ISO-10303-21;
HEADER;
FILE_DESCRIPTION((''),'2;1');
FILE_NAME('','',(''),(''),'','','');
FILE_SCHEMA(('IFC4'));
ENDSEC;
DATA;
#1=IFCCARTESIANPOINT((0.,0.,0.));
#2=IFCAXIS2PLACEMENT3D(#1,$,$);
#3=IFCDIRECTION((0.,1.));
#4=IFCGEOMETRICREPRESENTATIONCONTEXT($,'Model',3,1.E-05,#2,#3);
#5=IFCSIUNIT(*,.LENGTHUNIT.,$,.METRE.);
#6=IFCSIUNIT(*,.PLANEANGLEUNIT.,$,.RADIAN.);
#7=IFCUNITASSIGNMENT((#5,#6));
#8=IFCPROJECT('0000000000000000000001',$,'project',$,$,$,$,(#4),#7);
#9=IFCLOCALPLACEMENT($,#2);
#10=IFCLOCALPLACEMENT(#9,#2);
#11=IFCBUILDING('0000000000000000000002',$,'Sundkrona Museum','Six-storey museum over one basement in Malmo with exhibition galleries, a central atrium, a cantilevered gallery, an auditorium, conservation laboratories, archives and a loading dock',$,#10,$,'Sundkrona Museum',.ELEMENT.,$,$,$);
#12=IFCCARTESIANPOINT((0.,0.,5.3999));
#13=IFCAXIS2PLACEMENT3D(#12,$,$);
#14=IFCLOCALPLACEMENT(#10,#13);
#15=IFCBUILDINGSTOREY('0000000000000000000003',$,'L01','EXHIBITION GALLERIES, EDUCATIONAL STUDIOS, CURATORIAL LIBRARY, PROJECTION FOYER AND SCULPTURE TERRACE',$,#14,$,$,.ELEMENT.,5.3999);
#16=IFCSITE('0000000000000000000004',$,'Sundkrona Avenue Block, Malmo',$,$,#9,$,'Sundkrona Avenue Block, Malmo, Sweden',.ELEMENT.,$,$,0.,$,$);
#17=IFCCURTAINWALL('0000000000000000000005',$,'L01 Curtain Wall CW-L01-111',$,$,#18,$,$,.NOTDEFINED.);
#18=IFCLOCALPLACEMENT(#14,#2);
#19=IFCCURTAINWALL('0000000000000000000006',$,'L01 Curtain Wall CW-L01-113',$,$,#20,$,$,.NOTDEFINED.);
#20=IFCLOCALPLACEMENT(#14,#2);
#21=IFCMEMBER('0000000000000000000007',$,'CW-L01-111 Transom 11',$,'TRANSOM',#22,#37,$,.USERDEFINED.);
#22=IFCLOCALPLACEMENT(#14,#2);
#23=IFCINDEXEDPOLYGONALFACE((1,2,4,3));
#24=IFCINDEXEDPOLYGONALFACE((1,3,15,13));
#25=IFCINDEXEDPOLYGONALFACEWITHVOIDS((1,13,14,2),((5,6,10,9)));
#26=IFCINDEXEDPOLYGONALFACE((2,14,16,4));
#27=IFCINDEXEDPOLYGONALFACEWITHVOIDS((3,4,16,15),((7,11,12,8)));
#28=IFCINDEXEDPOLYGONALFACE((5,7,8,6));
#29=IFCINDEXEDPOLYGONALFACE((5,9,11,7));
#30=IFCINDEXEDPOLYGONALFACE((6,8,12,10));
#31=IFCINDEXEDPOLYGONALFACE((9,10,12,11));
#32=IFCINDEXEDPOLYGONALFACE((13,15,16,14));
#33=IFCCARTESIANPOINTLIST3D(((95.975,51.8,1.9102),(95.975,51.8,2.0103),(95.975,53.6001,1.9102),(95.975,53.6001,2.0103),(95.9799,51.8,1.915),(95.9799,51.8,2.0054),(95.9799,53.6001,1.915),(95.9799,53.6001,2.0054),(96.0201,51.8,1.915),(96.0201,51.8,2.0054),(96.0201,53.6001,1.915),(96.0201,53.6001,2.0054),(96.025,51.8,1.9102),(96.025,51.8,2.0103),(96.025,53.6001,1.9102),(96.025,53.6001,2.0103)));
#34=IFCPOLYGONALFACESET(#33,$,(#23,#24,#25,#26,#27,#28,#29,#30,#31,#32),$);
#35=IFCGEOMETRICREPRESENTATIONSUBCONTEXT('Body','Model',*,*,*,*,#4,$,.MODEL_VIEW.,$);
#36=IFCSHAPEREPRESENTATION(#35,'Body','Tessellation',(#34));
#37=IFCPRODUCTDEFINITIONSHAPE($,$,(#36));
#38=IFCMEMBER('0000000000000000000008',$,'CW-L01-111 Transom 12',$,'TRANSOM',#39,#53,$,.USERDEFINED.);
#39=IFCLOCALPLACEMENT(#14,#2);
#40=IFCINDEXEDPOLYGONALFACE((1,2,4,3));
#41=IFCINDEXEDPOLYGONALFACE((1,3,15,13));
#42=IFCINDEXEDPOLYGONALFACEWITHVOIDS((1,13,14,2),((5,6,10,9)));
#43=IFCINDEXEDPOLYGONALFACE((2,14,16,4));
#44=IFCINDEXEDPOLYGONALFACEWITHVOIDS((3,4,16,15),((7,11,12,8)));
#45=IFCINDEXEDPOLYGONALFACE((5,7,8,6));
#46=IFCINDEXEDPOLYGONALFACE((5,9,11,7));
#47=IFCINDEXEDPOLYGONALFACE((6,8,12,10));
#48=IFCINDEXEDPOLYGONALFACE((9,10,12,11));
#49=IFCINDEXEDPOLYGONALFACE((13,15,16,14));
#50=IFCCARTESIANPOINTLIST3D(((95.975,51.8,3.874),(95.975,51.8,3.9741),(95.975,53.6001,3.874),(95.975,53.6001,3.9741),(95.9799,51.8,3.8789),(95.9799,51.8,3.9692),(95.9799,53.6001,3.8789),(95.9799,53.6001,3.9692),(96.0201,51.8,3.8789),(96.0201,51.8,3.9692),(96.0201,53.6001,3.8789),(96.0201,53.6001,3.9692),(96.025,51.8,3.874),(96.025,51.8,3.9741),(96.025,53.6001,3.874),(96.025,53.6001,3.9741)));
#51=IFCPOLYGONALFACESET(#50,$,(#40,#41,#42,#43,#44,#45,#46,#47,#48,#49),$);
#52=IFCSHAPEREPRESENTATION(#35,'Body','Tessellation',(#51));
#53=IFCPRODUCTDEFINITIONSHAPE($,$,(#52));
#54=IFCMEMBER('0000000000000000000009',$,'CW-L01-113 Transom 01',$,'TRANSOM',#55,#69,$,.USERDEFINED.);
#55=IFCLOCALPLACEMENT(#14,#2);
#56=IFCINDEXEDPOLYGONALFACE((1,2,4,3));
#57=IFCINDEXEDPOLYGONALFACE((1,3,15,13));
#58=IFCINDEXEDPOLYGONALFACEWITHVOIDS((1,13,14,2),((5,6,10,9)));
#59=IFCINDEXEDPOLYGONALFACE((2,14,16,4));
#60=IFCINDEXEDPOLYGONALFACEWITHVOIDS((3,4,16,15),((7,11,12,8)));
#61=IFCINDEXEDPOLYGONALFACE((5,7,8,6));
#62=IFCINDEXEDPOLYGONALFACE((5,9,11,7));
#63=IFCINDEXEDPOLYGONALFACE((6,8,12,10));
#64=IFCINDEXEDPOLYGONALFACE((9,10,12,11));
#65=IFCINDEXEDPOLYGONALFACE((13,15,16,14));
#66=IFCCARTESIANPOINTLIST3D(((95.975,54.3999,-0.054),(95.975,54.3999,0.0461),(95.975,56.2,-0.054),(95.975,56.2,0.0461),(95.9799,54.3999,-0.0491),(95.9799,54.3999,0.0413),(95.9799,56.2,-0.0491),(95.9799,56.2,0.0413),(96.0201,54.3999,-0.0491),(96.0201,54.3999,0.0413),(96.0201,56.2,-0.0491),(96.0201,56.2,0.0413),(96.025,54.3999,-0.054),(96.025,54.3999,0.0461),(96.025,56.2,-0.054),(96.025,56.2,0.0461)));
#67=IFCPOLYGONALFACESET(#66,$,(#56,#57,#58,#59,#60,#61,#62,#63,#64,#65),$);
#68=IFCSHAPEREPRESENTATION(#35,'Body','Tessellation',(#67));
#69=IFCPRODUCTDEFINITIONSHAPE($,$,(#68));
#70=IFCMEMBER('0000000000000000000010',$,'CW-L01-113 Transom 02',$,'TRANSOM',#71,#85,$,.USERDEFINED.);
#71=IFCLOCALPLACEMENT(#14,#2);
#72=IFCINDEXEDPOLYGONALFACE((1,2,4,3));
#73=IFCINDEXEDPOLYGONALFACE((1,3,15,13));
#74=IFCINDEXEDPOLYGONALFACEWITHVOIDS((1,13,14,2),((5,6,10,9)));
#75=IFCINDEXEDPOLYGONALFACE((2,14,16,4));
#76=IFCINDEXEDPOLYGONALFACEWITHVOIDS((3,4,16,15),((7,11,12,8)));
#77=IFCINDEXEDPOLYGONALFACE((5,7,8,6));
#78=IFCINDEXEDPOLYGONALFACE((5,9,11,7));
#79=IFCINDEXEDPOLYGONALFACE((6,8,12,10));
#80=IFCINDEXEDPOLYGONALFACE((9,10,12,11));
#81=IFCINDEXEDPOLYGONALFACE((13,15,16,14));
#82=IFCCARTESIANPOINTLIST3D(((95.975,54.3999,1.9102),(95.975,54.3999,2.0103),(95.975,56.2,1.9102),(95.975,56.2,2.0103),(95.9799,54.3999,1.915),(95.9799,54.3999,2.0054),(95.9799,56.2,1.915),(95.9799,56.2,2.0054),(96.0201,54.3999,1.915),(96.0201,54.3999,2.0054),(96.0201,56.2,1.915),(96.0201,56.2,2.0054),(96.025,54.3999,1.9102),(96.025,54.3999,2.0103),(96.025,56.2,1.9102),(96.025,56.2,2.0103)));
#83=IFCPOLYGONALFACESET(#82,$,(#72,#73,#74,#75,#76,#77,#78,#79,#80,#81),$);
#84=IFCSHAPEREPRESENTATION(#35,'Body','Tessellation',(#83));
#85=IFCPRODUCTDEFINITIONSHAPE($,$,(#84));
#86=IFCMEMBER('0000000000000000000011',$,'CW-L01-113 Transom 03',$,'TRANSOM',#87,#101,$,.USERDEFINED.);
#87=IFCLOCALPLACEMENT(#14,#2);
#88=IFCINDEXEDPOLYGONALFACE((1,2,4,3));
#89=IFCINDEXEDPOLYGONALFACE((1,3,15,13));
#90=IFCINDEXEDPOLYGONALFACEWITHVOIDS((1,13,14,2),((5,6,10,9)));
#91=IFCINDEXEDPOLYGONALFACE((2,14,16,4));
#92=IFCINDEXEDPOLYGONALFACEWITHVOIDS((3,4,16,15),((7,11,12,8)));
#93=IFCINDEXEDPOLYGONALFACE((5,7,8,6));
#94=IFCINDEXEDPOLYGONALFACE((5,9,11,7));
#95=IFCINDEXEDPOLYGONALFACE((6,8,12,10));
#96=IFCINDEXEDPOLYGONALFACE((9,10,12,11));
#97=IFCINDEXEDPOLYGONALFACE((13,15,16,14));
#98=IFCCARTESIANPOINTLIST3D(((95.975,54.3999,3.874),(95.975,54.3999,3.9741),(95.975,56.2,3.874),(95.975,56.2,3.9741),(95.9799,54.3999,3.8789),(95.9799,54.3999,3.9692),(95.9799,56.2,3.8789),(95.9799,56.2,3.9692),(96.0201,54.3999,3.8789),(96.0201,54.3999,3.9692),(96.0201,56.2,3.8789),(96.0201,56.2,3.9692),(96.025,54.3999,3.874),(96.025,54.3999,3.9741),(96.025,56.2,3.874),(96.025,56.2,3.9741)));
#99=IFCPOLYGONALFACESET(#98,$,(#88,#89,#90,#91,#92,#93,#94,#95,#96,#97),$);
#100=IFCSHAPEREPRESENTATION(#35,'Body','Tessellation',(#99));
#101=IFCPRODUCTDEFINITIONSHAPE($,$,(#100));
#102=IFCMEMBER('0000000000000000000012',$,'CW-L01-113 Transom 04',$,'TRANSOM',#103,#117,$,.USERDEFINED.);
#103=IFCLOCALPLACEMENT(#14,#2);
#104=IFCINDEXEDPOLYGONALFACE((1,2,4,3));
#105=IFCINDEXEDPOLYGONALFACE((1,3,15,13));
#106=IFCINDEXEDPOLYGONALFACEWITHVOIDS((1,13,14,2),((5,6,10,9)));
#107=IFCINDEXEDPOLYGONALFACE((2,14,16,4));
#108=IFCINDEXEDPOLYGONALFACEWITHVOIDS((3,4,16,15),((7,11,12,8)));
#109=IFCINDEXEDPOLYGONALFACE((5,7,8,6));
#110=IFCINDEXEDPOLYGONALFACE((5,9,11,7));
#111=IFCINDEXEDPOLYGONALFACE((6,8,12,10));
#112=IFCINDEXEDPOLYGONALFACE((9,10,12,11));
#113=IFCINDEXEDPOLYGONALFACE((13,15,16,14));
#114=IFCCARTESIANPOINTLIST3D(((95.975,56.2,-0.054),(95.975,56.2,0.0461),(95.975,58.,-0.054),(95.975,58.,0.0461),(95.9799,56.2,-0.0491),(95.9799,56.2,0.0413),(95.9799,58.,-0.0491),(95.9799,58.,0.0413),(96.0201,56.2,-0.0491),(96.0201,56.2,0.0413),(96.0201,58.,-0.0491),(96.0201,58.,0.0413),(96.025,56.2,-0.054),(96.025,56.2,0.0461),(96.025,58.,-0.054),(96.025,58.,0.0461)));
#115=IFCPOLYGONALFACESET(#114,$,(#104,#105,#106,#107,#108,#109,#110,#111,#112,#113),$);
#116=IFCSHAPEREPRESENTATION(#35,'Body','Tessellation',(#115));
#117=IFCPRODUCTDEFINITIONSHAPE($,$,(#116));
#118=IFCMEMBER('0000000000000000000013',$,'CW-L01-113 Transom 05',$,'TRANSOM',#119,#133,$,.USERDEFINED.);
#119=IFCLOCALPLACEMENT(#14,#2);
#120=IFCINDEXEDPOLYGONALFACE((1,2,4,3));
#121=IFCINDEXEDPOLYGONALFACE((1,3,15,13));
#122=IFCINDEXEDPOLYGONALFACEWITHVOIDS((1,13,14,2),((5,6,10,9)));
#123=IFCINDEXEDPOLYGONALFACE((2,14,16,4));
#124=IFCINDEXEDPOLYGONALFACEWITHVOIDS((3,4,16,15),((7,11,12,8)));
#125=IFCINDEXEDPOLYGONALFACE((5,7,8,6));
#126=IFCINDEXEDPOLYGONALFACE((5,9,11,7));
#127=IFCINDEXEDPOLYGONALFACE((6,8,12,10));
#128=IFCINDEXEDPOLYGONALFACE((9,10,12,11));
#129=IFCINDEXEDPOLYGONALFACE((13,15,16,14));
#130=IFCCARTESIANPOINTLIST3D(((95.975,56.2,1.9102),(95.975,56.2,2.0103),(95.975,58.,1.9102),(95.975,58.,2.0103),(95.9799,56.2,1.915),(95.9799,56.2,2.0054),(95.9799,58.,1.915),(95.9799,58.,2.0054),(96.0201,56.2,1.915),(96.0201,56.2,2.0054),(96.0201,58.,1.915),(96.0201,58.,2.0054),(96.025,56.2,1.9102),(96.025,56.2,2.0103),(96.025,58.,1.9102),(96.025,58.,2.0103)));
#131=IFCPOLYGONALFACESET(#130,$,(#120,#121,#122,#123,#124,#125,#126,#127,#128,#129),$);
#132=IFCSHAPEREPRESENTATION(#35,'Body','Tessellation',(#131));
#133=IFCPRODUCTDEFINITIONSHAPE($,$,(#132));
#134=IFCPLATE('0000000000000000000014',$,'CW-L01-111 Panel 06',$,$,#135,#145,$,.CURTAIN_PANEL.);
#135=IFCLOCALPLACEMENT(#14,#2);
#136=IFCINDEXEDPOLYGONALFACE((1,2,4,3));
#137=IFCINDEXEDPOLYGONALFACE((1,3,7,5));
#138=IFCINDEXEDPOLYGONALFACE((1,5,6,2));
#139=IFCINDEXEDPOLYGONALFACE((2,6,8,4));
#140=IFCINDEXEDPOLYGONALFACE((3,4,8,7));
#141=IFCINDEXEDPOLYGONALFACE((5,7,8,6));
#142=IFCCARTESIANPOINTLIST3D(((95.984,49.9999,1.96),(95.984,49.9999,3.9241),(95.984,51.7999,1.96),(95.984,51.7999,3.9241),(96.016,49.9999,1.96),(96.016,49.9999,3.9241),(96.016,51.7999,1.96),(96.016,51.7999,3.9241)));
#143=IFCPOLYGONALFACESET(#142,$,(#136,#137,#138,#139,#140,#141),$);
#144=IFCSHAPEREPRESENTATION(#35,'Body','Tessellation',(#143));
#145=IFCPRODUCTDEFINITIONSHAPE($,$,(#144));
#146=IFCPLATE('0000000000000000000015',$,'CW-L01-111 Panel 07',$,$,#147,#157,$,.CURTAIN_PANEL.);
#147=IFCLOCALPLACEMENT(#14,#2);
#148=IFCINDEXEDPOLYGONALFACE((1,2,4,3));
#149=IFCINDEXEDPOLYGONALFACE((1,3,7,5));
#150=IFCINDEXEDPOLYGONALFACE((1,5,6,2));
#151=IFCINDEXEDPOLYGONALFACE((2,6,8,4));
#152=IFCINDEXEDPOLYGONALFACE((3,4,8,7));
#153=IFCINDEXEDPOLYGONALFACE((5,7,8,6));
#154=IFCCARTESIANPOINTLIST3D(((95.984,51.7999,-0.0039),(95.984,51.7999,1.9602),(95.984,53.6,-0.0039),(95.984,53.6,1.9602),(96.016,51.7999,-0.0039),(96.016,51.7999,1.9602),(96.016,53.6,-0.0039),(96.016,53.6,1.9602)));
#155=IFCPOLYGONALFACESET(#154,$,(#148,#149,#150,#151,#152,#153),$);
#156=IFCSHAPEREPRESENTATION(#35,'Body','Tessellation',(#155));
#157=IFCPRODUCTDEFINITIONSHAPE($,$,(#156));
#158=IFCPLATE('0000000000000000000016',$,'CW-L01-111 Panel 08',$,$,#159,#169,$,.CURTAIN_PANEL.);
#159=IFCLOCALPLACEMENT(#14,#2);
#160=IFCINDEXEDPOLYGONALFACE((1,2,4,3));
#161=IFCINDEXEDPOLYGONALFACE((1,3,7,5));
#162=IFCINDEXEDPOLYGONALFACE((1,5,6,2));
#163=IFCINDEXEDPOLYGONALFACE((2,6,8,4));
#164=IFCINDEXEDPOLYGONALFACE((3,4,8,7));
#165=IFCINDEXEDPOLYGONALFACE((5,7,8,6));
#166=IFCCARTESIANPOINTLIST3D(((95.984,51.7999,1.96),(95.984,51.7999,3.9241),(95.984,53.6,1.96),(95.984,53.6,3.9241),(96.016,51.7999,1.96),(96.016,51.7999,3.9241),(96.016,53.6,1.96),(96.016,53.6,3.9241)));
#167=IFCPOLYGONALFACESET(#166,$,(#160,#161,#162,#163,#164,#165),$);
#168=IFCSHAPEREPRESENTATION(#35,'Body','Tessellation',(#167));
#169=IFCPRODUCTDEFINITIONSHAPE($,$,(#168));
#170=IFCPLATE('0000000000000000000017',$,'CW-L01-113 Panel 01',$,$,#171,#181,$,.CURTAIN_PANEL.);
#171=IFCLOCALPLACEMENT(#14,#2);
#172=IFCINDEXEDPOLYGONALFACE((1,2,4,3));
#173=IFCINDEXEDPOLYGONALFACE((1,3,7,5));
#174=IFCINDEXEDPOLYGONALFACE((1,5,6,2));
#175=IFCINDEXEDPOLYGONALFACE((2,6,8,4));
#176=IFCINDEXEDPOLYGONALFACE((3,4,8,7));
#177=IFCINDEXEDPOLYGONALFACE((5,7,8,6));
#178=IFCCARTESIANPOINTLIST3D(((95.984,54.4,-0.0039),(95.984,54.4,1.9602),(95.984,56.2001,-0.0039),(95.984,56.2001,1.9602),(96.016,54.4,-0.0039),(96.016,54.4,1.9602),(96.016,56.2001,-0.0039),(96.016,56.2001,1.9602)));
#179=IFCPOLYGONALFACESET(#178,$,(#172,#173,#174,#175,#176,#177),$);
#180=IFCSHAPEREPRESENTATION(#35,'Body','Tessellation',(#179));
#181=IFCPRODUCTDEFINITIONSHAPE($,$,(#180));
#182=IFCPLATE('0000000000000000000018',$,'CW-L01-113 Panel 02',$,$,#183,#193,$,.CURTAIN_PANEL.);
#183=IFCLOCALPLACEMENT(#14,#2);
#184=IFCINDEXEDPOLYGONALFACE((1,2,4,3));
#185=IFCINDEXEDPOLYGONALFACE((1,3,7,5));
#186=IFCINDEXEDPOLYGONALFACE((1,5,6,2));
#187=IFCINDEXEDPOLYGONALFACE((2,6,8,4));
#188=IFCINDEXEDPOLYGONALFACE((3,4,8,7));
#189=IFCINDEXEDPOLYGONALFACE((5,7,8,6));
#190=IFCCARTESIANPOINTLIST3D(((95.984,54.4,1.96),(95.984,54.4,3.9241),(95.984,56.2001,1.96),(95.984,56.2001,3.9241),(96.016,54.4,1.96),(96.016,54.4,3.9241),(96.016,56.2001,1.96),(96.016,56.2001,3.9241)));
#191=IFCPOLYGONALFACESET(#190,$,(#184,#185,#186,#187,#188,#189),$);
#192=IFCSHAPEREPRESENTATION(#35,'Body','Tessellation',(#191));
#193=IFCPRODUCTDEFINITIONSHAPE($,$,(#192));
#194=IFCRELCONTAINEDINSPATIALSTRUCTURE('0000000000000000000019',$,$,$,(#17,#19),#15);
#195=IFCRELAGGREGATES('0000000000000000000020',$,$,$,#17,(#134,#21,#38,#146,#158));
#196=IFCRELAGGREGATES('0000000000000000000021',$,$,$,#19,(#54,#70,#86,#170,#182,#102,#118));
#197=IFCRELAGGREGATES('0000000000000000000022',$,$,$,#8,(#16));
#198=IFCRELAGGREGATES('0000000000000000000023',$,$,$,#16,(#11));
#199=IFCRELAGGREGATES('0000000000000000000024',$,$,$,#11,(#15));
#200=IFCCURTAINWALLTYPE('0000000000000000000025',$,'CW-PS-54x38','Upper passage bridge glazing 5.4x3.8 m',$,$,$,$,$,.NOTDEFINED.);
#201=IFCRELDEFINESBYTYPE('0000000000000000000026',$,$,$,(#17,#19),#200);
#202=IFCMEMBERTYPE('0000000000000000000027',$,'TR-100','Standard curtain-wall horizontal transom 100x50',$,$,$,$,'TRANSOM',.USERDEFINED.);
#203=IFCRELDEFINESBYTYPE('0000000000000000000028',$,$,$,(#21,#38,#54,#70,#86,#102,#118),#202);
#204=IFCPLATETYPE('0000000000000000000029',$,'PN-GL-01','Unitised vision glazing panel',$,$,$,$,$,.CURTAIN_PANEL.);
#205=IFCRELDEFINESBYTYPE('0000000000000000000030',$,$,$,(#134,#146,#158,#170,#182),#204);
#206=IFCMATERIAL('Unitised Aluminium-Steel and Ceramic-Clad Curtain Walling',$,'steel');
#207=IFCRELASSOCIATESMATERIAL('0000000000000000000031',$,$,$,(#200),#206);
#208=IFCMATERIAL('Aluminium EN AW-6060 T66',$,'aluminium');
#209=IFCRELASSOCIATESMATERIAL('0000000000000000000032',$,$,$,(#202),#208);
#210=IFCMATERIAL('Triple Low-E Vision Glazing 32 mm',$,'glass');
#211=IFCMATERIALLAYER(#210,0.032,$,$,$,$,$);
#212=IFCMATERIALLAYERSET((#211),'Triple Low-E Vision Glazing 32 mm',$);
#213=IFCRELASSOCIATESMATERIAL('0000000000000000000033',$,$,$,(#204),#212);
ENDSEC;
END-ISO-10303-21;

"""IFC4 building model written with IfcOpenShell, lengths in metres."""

from ifc_helpers import new_model, si_unit, direction, frame, origin, origin_2d, place, context, subcontext, project, spatial, rectangle, hollow_rectangle, extrude, material, layer, layer_set, material_profile, profile_set, type_object, element, aggregate, save


model = new_model("IFC4")

# Units and contexts
model_context = context("Model", 3, precision=1e-05, world=origin(), true_north=direction((0.0, 1.0)))
body_context = subcontext(model_context, "Body", "Model", "MODEL_VIEW")
ifc_project = project(units=[si_unit("LENGTHUNIT", "METRE"), si_unit("PLANEANGLEUNIT", "RADIAN")], contexts=[model_context])

# Site, building, storey
site_placement = place(None, origin())
site = spatial("IfcSite", under=ifc_project, at=site_placement, Name="Sundkrona Avenue Block, Malmo", LongName="Sundkrona Avenue Block, Malmo, Sweden", CompositionType="ELEMENT", RefElevation=0.0)
building_placement = place(site_placement, origin())
building = spatial("IfcBuilding", under=site, at=building_placement, Name="Sundkrona Museum", Description="Six-storey museum over one basement in Malmo with exhibition galleries, a central atrium, a cantilevered gallery, an auditorium, conservation laboratories, archives and a loading dock", LongName="Sundkrona Museum", CompositionType="ELEMENT")
storey_placement = place(building_placement, frame((0.0, 0.0, 5.3999)))
storey = spatial("IfcBuildingStorey", under=building, at=storey_placement, Name="L01", Description="EXHIBITION GALLERIES, EDUCATIONAL STUDIOS, CURATORIAL LIBRARY, PROJECTION FOYER AND SCULPTURE TERRACE", CompositionType="ELEMENT", Elevation=5.3999)

# Curtain walls
ifc_material_1 = material(Name="Unitised Aluminium-Steel and Ceramic-Clad Curtain Walling", Category="steel")
curtain_wall_type = type_object("IfcCurtainWallType", Name="CW-PS-54x38", Description="Upper passage bridge glazing 5.4x3.8 m", PredefinedType="NOTDEFINED", material=ifc_material_1)
curtain_wall_1_placement = place(storey_placement, origin())
curtain_wall_1 = element("IfcCurtainWall", 1, at=curtain_wall_1_placement, inside=storey, type_object=curtain_wall_type, Name="L01 Curtain Wall CW-L01-111", PredefinedType="NOTDEFINED")
ifc_material_2 = material(Name="Aluminium EN AW-6060 T66", Category="aluminium")
curtain_wall_2_placement = place(storey_placement, origin())
curtain_wall_2 = element("IfcCurtainWall", 2, at=curtain_wall_2_placement, inside=storey, type_object=curtain_wall_type, Name="L01 Curtain Wall CW-L01-113", PredefinedType="NOTDEFINED")

# Members
ifc_material_profile_1 = material_profile(ifc_material_2, hollow_rectangle(XDim=0.05, YDim=0.1001, WallThickness=0.0049, at=origin_2d()), Name="RHS 100x50x5.0")
ifc_profile_set_1 = profile_set([ifc_material_profile_1], Name="Aluminium EN AW-6060 T66")
member_type_1 = type_object("IfcMemberType", Name="TR-100", Description="Standard curtain-wall horizontal transom 100x50", ElementType="TRANSOM", PredefinedType="USERDEFINED", material=ifc_profile_set_1)
member_1_placement = place(storey_placement, frame((96.0, 51.8, 1.9602), z_axis=(0.0, 1.0, 0.0), x_axis=(-1.0, 0.0, 0.0)))
member_1 = element("IfcMember", 3, at=member_1_placement, type_object=member_type_1, Name="CW-L01-111 Transom 11", ObjectType="TRANSOM", PredefinedType="USERDEFINED", context=body_context, shape_type="SweptSolid", body=[
    extrude(hollow_rectangle(XDim=0.05, YDim=0.1001, WallThickness=0.0049, at=origin_2d()), origin(), (0.0, 0.0, 1.0), 1.8),
])
member_2_placement = place(storey_placement, frame((96.0, 51.8, 3.9241), z_axis=(0.0, 1.0, 0.0), x_axis=(-1.0, 0.0, 0.0)))
member_2 = element("IfcMember", 4, at=member_2_placement, type_object=member_type_1, Name="CW-L01-111 Transom 12", ObjectType="TRANSOM", PredefinedType="USERDEFINED", context=body_context, shape_type="SweptSolid", body=[
    extrude(hollow_rectangle(XDim=0.05, YDim=0.1001, WallThickness=0.0049, at=origin_2d()), origin(), (0.0, 0.0, 1.0), 1.8),
])
member_3_placement = place(storey_placement, frame((96.0, 54.3999, -0.0039), z_axis=(0.0, 1.0, 0.0), x_axis=(-1.0, 0.0, 0.0)))
member_3 = element("IfcMember", 5, at=member_3_placement, type_object=member_type_1, Name="CW-L01-113 Transom 01", ObjectType="TRANSOM", PredefinedType="USERDEFINED", context=body_context, shape_type="SweptSolid", body=[
    extrude(hollow_rectangle(XDim=0.05, YDim=0.1001, WallThickness=0.0049, at=origin_2d()), origin(), (0.0, 0.0, 1.0), 1.8),
])
member_4_placement = place(storey_placement, frame((96.0, 54.3999, 1.9602), z_axis=(0.0, 1.0, 0.0), x_axis=(-1.0, 0.0, 0.0)))
member_4 = element("IfcMember", 6, at=member_4_placement, type_object=member_type_1, Name="CW-L01-113 Transom 02", ObjectType="TRANSOM", PredefinedType="USERDEFINED", context=body_context, shape_type="SweptSolid", body=[
    extrude(hollow_rectangle(XDim=0.05, YDim=0.1001, WallThickness=0.0049, at=origin_2d()), origin(), (0.0, 0.0, 1.0), 1.8),
])
member_5_placement = place(storey_placement, frame((96.0, 54.3999, 3.9241), z_axis=(0.0, 1.0, 0.0), x_axis=(-1.0, 0.0, 0.0)))
member_5 = element("IfcMember", 7, at=member_5_placement, type_object=member_type_1, Name="CW-L01-113 Transom 03", ObjectType="TRANSOM", PredefinedType="USERDEFINED", context=body_context, shape_type="SweptSolid", body=[
    extrude(hollow_rectangle(XDim=0.05, YDim=0.1001, WallThickness=0.0049, at=origin_2d()), origin(), (0.0, 0.0, 1.0), 1.8),
])
member_6_placement = place(storey_placement, frame((96.0, 56.2, -0.0039), z_axis=(0.0, 1.0, 0.0), x_axis=(-1.0, 0.0, 0.0)))
member_6 = element("IfcMember", 8, at=member_6_placement, type_object=member_type_1, Name="CW-L01-113 Transom 04", ObjectType="TRANSOM", PredefinedType="USERDEFINED", context=body_context, shape_type="SweptSolid", body=[
    extrude(hollow_rectangle(XDim=0.05, YDim=0.1001, WallThickness=0.0049, at=origin_2d()), origin(), (0.0, 0.0, 1.0), 1.8),
])
member_7_placement = place(storey_placement, frame((96.0, 56.2, 1.9602), z_axis=(0.0, 1.0, 0.0), x_axis=(-1.0, 0.0, 0.0)))
member_7 = element("IfcMember", 9, at=member_7_placement, type_object=member_type_1, Name="CW-L01-113 Transom 05", ObjectType="TRANSOM", PredefinedType="USERDEFINED", context=body_context, shape_type="SweptSolid", body=[
    extrude(hollow_rectangle(XDim=0.05, YDim=0.1001, WallThickness=0.0049, at=origin_2d()), origin(), (0.0, 0.0, 1.0), 1.8),
])

# Plates
ifc_material_3 = material(Name="Triple Low-E Vision Glazing 32 mm", Category="glass")
ifc_layer = layer(ifc_material_3, 0.032)
ifc_layer_set = layer_set([ifc_layer], Name="Triple Low-E Vision Glazing 32 mm")
plate_type = type_object("IfcPlateType", Name="PN-GL-01", Description="Unitised vision glazing panel", PredefinedType="CURTAIN_PANEL", material=ifc_layer_set)
plate_1_placement = place(storey_placement, frame((96.0, 50.8999, 1.96), z_axis=(0.0, 0.0, 1.0), x_axis=(0.0, 1.0, 0.0)))
plate_1 = element("IfcPlate", 10, at=plate_1_placement, type_object=plate_type, Name="CW-L01-111 Panel 06", PredefinedType="CURTAIN_PANEL", context=body_context, shape_type="SweptSolid", body=[
    extrude(rectangle(XDim=1.8, YDim=0.032, at=origin_2d()), origin(), (0.0, 0.0, 1.0), 1.9641),
])
plate_2_placement = place(storey_placement, frame((96.0, 52.7, -0.0039), z_axis=(0.0, 0.0, 1.0), x_axis=(0.0, 1.0, 0.0)))
plate_2 = element("IfcPlate", 11, at=plate_2_placement, type_object=plate_type, Name="CW-L01-111 Panel 07", PredefinedType="CURTAIN_PANEL", context=body_context, shape_type="SweptSolid", body=[
    extrude(rectangle(XDim=1.8, YDim=0.032, at=origin_2d()), origin(), (0.0, 0.0, 1.0), 1.9641),
])
plate_3_placement = place(storey_placement, frame((96.0, 52.7, 1.96), z_axis=(0.0, 0.0, 1.0), x_axis=(0.0, 1.0, 0.0)))
plate_3 = element("IfcPlate", 12, at=plate_3_placement, type_object=plate_type, Name="CW-L01-111 Panel 08", PredefinedType="CURTAIN_PANEL", context=body_context, shape_type="SweptSolid", body=[
    extrude(rectangle(XDim=1.8, YDim=0.032, at=origin_2d()), origin(), (0.0, 0.0, 1.0), 1.9641),
])
aggregate(curtain_wall_1, [plate_1, member_1, member_2, plate_2, plate_3])
plate_4_placement = place(storey_placement, frame((96.0, 55.3, -0.0039), z_axis=(0.0, 0.0, 1.0), x_axis=(0.0, 1.0, 0.0)))
plate_4 = element("IfcPlate", 13, at=plate_4_placement, type_object=plate_type, Name="CW-L01-113 Panel 01", PredefinedType="CURTAIN_PANEL", context=body_context, shape_type="SweptSolid", body=[
    extrude(rectangle(XDim=1.8, YDim=0.032, at=origin_2d()), origin(), (0.0, 0.0, 1.0), 1.9641),
])
plate_5_placement = place(storey_placement, frame((96.0, 55.3, 1.96), z_axis=(0.0, 0.0, 1.0), x_axis=(0.0, 1.0, 0.0)))
plate_5 = element("IfcPlate", 14, at=plate_5_placement, type_object=plate_type, Name="CW-L01-113 Panel 02", PredefinedType="CURTAIN_PANEL", context=body_context, shape_type="SweptSolid", body=[
    extrude(rectangle(XDim=1.8, YDim=0.032, at=origin_2d()), origin(), (0.0, 0.0, 1.0), 1.9641),
])
aggregate(curtain_wall_2, [member_3, member_4, member_5, plate_4, plate_5, member_6, member_7])

save(model, "model.ifc")
